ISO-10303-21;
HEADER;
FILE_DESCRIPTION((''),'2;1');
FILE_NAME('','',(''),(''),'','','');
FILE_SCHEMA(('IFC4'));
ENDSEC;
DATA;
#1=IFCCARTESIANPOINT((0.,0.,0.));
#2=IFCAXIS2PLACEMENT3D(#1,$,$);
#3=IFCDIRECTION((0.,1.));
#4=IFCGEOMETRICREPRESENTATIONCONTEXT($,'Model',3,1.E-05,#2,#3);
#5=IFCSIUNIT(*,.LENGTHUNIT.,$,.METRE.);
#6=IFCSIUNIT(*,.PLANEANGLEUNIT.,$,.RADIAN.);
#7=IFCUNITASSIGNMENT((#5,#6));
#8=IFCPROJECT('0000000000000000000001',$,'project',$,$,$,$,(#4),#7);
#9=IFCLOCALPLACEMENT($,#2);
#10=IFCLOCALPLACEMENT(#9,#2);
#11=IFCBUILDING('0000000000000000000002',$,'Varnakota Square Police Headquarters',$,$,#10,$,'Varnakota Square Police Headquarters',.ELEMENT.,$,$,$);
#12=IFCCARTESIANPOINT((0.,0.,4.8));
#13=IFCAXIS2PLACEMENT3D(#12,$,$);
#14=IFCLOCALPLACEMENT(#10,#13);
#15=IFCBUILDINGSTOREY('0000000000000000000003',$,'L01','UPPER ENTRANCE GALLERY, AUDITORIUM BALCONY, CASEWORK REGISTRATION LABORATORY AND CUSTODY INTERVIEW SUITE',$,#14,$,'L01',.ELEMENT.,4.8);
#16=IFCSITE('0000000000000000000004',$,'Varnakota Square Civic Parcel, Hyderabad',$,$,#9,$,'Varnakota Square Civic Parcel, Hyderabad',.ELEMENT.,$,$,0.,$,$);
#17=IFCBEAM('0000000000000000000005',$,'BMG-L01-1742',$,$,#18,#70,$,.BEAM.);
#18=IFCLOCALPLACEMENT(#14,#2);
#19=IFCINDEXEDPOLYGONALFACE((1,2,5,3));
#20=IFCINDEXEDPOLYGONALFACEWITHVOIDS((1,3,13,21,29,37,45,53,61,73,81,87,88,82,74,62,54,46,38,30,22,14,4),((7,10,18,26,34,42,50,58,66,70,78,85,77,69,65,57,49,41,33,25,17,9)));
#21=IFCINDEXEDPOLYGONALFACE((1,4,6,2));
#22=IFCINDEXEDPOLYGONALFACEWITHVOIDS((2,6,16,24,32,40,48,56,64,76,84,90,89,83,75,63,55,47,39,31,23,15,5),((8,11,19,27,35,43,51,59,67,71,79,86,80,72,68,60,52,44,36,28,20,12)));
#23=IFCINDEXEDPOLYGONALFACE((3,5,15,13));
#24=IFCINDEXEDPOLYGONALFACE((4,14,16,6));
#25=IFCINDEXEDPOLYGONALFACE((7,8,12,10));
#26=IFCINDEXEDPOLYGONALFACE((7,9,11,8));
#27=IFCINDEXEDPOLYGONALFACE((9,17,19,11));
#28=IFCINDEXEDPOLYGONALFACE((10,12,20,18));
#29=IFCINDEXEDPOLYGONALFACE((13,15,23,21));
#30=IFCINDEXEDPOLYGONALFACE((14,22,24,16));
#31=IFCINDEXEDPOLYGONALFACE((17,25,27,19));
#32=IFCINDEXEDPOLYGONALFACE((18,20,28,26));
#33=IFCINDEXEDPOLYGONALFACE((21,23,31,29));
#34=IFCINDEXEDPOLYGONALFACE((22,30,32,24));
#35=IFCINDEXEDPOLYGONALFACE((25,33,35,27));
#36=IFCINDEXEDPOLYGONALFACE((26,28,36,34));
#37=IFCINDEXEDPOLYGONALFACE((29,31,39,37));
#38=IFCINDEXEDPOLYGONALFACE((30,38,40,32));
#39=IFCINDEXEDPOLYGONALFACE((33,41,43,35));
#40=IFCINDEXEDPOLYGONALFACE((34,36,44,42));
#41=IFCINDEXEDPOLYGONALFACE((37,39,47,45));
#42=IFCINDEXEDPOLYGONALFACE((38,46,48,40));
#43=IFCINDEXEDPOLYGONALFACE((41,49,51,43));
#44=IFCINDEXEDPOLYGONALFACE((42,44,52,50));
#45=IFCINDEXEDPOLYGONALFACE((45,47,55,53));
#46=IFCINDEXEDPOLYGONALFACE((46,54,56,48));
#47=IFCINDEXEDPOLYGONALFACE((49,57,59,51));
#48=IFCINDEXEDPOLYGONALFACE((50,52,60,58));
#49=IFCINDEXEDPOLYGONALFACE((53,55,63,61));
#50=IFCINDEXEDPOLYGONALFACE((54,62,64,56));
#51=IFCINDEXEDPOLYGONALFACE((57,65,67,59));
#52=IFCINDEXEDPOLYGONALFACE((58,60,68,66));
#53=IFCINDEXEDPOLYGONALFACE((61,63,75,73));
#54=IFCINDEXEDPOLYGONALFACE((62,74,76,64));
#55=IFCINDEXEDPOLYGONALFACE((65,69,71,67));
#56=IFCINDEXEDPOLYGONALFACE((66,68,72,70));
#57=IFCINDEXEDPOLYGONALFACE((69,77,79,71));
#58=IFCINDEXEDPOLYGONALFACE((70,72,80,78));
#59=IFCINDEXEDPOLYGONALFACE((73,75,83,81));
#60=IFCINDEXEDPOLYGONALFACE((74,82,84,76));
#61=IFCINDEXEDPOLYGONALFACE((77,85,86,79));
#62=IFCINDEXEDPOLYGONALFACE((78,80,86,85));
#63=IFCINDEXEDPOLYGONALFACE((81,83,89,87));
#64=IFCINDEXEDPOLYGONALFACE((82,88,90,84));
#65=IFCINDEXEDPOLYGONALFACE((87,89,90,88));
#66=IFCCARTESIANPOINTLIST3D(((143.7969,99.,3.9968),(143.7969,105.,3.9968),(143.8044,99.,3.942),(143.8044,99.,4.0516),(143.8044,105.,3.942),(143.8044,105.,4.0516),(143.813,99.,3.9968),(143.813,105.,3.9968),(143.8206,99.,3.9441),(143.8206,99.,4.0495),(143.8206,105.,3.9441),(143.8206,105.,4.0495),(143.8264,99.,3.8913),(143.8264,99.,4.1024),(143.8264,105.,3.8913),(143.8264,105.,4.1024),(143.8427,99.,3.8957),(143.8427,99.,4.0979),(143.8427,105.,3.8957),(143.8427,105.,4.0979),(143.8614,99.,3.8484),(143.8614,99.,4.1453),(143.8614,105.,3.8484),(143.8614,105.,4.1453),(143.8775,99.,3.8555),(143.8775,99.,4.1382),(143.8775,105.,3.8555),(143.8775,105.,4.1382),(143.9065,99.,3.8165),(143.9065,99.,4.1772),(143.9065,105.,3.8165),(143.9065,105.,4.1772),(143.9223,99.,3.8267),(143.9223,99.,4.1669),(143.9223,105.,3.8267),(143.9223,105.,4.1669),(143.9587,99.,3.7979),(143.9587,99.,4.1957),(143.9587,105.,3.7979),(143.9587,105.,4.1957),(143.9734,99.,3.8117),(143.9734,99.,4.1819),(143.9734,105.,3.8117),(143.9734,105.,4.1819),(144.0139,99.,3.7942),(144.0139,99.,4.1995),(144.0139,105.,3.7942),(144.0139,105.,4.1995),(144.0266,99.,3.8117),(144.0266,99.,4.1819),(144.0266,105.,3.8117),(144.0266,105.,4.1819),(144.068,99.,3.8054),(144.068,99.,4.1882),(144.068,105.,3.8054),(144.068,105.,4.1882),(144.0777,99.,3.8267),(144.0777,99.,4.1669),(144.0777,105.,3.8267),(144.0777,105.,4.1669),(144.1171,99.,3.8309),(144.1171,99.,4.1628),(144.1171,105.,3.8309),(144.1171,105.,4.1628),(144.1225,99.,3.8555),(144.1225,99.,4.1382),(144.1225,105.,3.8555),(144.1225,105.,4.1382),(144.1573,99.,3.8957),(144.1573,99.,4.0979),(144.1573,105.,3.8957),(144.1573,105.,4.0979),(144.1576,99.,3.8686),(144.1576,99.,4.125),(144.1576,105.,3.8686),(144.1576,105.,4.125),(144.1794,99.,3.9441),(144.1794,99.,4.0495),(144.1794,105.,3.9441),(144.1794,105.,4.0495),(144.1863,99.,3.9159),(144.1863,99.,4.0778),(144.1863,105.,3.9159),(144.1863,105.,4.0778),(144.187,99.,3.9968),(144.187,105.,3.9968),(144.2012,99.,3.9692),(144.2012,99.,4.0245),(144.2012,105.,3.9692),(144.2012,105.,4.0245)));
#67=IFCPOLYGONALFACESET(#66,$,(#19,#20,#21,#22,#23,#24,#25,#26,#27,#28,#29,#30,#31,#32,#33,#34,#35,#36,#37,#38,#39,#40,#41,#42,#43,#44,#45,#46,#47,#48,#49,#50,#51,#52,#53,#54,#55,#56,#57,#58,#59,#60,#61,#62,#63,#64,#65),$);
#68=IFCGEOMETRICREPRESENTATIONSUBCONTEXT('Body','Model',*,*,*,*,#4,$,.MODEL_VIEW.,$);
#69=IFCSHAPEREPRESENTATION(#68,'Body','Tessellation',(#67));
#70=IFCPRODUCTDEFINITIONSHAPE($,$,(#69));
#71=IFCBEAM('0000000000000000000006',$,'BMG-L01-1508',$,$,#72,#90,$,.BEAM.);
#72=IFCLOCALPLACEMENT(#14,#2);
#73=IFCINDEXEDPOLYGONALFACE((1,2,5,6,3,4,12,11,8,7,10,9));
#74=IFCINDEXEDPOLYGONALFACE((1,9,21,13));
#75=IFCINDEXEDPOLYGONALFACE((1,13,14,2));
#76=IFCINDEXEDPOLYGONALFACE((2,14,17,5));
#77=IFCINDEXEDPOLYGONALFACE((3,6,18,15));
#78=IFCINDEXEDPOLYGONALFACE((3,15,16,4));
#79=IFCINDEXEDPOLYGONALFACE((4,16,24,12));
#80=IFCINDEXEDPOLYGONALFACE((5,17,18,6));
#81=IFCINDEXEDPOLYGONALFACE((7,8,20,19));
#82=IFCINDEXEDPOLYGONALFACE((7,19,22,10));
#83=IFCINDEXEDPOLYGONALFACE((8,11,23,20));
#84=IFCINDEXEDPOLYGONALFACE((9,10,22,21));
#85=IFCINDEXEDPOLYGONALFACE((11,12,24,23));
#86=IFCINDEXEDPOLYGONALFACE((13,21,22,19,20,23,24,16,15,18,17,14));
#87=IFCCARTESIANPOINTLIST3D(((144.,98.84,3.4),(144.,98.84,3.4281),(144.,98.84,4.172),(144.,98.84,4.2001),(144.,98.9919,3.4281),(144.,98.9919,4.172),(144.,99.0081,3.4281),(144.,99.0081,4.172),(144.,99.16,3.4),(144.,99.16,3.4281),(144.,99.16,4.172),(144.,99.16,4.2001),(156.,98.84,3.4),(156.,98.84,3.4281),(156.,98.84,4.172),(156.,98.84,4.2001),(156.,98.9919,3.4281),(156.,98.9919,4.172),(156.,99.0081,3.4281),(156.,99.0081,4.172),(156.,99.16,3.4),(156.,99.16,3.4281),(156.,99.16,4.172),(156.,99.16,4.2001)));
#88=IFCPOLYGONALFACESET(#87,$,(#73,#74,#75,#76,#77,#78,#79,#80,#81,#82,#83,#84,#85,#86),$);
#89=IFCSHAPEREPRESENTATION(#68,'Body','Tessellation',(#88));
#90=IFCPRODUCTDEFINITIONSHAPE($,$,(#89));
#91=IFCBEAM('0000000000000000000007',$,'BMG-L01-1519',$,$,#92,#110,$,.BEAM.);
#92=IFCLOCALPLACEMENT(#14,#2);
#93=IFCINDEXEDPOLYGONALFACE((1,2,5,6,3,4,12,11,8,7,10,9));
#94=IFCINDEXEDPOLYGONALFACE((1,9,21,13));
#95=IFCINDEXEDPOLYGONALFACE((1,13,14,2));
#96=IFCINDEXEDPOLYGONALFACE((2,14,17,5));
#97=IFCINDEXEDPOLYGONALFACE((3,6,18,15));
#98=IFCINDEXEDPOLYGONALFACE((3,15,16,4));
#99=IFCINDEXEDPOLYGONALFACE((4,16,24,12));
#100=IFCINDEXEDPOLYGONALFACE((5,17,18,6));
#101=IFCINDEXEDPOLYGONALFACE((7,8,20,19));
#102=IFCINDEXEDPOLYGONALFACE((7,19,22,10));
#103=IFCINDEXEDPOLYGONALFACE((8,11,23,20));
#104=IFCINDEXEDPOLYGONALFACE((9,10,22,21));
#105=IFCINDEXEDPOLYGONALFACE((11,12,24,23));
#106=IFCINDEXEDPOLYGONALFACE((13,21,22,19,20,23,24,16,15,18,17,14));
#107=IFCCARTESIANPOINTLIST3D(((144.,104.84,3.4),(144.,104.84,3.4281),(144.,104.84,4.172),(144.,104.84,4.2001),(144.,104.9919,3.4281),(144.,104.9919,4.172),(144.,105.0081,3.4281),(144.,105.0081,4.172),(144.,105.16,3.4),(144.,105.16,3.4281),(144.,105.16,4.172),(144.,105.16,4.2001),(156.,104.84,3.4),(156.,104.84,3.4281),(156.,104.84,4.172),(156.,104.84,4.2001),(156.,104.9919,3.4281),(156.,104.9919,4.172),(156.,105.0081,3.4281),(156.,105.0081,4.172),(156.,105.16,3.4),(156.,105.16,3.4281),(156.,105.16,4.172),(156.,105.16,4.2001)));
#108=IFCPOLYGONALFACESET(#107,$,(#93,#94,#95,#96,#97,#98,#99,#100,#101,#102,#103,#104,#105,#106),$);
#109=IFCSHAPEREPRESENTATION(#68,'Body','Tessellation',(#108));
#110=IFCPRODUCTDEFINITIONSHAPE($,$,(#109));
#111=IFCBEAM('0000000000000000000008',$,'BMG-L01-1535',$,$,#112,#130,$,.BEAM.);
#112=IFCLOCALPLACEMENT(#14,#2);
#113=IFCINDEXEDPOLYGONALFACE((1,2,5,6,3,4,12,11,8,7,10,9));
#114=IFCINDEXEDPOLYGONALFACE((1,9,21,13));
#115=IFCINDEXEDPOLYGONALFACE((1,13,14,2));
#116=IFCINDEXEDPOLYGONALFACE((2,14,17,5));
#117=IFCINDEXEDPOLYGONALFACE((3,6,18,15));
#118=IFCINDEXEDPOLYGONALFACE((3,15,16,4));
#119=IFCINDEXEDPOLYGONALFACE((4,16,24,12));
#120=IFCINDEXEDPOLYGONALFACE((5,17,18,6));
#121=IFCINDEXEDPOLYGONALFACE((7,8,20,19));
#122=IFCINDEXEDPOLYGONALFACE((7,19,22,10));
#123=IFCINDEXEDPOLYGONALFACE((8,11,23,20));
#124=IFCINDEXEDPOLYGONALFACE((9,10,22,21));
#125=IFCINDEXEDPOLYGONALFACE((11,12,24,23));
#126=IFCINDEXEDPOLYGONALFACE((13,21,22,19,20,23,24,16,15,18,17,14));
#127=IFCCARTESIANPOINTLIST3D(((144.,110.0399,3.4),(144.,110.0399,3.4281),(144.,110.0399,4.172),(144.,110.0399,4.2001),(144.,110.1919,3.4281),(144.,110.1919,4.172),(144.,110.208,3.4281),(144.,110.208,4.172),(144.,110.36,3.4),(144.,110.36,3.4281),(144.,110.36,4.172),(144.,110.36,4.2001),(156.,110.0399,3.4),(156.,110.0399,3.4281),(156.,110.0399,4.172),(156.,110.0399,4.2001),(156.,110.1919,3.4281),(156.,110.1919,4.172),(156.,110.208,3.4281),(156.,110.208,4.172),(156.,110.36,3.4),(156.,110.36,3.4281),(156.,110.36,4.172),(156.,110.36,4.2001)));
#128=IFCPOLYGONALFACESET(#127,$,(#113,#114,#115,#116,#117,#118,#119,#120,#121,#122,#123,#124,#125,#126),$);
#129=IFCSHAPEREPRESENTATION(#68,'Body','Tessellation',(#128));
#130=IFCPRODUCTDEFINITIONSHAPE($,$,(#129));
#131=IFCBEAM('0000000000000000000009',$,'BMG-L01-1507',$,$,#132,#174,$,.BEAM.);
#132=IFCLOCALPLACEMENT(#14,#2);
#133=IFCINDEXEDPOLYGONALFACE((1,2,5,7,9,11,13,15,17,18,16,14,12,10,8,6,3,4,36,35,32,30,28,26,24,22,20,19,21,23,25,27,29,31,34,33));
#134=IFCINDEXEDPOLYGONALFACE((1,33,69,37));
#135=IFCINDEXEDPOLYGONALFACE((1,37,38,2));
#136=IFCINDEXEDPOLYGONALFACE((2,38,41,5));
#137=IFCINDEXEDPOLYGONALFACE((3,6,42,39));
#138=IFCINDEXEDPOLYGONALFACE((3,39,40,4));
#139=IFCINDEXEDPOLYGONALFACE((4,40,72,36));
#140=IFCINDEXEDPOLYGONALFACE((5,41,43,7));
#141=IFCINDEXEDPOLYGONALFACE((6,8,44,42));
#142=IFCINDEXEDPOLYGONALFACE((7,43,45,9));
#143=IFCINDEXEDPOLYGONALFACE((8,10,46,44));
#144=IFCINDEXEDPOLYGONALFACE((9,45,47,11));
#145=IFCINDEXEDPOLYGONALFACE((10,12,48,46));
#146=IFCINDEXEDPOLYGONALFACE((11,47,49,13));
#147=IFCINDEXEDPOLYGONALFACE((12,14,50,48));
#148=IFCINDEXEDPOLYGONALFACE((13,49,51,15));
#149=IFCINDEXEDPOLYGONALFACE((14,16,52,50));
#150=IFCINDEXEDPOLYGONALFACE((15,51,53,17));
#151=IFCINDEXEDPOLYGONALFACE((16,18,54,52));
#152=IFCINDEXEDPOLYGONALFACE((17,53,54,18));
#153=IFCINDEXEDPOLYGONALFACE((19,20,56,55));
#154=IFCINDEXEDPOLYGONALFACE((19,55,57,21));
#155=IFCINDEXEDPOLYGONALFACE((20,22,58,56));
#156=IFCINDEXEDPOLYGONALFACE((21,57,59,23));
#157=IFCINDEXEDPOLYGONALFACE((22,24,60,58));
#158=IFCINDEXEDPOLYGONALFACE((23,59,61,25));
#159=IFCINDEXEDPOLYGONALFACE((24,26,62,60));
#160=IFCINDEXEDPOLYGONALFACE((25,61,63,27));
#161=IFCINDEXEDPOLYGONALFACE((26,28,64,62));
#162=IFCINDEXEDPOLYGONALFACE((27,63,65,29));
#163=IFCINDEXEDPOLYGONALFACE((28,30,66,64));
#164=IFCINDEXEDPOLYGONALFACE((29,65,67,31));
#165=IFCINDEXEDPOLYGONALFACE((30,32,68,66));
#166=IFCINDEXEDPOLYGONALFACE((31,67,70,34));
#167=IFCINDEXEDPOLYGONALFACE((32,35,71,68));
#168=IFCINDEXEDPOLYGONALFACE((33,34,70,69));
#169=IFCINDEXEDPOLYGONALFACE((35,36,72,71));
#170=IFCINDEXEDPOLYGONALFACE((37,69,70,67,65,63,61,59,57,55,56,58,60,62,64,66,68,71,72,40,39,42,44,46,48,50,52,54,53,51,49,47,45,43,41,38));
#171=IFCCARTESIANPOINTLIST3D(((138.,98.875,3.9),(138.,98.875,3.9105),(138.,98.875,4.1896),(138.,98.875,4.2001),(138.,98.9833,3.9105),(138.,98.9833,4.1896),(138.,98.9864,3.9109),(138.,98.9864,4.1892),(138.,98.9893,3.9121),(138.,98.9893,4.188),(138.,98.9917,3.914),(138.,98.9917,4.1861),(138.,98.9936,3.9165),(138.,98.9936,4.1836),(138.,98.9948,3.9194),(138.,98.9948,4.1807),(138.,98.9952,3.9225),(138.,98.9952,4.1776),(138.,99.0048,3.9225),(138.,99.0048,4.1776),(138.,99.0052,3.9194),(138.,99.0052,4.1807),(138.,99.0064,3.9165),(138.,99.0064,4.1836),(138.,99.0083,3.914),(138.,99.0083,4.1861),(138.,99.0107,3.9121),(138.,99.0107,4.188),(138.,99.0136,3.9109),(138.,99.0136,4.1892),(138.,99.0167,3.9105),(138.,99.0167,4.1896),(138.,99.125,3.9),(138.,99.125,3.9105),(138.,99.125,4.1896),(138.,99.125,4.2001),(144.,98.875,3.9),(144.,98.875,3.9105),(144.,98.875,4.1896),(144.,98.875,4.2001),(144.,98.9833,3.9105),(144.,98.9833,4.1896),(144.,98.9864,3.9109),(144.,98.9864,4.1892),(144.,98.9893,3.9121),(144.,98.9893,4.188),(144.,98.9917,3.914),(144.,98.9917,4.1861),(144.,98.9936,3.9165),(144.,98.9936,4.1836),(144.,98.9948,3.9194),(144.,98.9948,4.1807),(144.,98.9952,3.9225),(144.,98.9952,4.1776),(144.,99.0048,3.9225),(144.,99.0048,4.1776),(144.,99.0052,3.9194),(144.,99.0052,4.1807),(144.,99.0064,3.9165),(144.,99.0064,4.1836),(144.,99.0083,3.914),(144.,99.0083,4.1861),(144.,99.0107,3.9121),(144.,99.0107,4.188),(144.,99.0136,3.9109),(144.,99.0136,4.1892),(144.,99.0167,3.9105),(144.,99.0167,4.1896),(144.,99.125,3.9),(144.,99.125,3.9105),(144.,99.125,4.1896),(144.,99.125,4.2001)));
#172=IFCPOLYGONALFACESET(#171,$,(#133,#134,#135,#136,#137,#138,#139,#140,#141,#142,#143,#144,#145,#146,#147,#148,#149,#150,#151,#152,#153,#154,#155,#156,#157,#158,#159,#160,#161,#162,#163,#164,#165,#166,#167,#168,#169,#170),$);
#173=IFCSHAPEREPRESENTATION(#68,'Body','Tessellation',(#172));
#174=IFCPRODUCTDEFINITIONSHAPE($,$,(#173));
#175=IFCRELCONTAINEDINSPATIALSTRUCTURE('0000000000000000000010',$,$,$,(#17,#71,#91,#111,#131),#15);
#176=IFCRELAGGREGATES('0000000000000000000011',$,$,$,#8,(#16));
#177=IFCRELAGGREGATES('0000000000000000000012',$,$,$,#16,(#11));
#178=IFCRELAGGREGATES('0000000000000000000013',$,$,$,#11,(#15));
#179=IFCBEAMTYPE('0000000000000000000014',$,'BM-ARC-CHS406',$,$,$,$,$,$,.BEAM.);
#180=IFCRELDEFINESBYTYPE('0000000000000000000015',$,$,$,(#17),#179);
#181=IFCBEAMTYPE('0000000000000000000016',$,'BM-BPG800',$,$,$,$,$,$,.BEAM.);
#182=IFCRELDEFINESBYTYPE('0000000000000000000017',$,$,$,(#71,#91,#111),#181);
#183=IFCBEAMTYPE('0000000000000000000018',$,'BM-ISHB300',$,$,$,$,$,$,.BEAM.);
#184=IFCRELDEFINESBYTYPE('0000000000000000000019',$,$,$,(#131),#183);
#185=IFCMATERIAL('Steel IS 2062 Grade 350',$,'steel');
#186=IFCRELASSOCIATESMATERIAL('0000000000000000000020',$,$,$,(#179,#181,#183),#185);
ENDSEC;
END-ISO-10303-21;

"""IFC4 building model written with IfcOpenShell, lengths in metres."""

from ifc_helpers import new_model, si_unit, direction, frame, origin, origin_2d, place, context, subcontext, project, spatial, hollow_circle, i_section, extrude, material, material_profile, profile_set, type_object, element, save


model = new_model("IFC4")

# Units and contexts
model_context = context("Model", 3, precision=1e-05, world=origin(), true_north=direction((0.0, 1.0)))
body_context = subcontext(model_context, "Body", "Model", "MODEL_VIEW")
ifc_project = project(units=[si_unit("LENGTHUNIT", "METRE"), si_unit("PLANEANGLEUNIT", "RADIAN")], contexts=[model_context])

# Site, building, storey
site_placement = place(None, origin())
site = spatial("IfcSite", under=ifc_project, at=site_placement, Name="Varnakota Square Civic Parcel, Hyderabad", LongName="Varnakota Square Civic Parcel, Hyderabad", CompositionType="ELEMENT", RefElevation=0.0)
building_placement = place(site_placement, origin())
building = spatial("IfcBuilding", under=site, at=building_placement, Name="Varnakota Square Police Headquarters", LongName="Varnakota Square Police Headquarters", CompositionType="ELEMENT")
storey_placement = place(building_placement, frame((0.0, 0.0, 4.8)))
storey = spatial("IfcBuildingStorey", under=building, at=storey_placement, Name="L01", Description="UPPER ENTRANCE GALLERY, AUDITORIUM BALCONY, CASEWORK REGISTRATION LABORATORY AND CUSTODY INTERVIEW SUITE", LongName="L01", CompositionType="ELEMENT", Elevation=4.8)

# Shared definitions
ifc_material_1 = material(Name="Steel IS 2062 Grade 350", Category="steel")

# Beams
ifc_material_profile_1 = material_profile(ifc_material_1, hollow_circle(Radius=0.2031, WallThickness=0.0161, at=origin_2d()), Name="CHS 406.4x16.0")
ifc_profile_set_1 = profile_set([ifc_material_profile_1], Name="Steel IS 2062 Grade 350")
beam_type_1 = type_object("IfcBeamType", Name="BM-ARC-CHS406", PredefinedType="BEAM", material=ifc_profile_set_1)
for number, where, z_axis, x_axis, name in (
    (1, (144.0, 99.0, 3.9968), (0.0, 1.0, 0.0), (-1.0, 0.0, 0.0), "BMG-L01-1742"),
):
    element("IfcBeam", number, at=place(storey_placement, frame(where, z_axis=z_axis, x_axis=x_axis)), inside=storey, type_object=beam_type_1, Name=name, PredefinedType="BEAM", context=body_context, shape_type="SweptSolid", body=[
        extrude(hollow_circle(Radius=0.2031, WallThickness=0.0161, at=origin_2d()), origin(), (0.0, 0.0, 1.0), 6.0),
    ])
ifc_material_profile_2 = material_profile(ifc_material_1, i_section(OverallWidth=0.3201, OverallDepth=0.8, WebThickness=0.0161, FlangeThickness=0.0281, at=origin_2d()), Name="BPG 800x320")
ifc_profile_set_2 = profile_set([ifc_material_profile_2], Name="Steel IS 2062 Grade 350")
beam_type_2 = type_object("IfcBeamType", Name="BM-BPG800", PredefinedType="BEAM", material=ifc_profile_set_2)
for number, where, z_axis, x_axis, name in (
    (2, (144.0, 99.0, 3.8), (1.0, 0.0, 0.0), (0.0, 1.0, 0.0), "BMG-L01-1508"),
    (3, (144.0, 105.0, 3.8), (1.0, 0.0, 0.0), (0.0, 1.0, 0.0), "BMG-L01-1519"),
    (4, (144.0, 110.2, 3.8), (1.0, 0.0, 0.0), (0.0, 1.0, 0.0), "BMG-L01-1535"),
):
    element("IfcBeam", number, at=place(storey_placement, frame(where, z_axis=z_axis, x_axis=x_axis)), inside=storey, type_object=beam_type_2, Name=name, PredefinedType="BEAM", context=body_context, shape_type="SweptSolid", body=[
        extrude(i_section(OverallWidth=0.3201, OverallDepth=0.8, WebThickness=0.0161, FlangeThickness=0.0281, at=origin_2d()), origin(), (0.0, 0.0, 1.0), 12.0),
    ])
ifc_material_profile_3 = material_profile(ifc_material_1, i_section(OverallWidth=0.25, OverallDepth=0.3, WebThickness=0.0095, FlangeThickness=0.0105, FilletRadius=0.012, at=origin_2d()), Name="ISHB 300")
ifc_profile_set_3 = profile_set([ifc_material_profile_3], Name="Steel IS 2062 Grade 350")
beam_type_3 = type_object("IfcBeamType", Name="BM-ISHB300", PredefinedType="BEAM", material=ifc_profile_set_3)
for number, where, z_axis, x_axis, name in (
    (5, (138.0, 99.0, 4.05), (1.0, 0.0, 0.0), (0.0, 1.0, 0.0), "BMG-L01-1507"),
):
    element("IfcBeam", number, at=place(storey_placement, frame(where, z_axis=z_axis, x_axis=x_axis)), inside=storey, type_object=beam_type_3, Name=name, PredefinedType="BEAM", context=body_context, shape_type="SweptSolid", body=[
        extrude(i_section(OverallWidth=0.25, OverallDepth=0.3, WebThickness=0.0095, FlangeThickness=0.0105, FilletRadius=0.012, at=origin_2d()), origin(), (0.0, 0.0, 1.0), 6.0),
    ])

save(model, "model.ifc")
